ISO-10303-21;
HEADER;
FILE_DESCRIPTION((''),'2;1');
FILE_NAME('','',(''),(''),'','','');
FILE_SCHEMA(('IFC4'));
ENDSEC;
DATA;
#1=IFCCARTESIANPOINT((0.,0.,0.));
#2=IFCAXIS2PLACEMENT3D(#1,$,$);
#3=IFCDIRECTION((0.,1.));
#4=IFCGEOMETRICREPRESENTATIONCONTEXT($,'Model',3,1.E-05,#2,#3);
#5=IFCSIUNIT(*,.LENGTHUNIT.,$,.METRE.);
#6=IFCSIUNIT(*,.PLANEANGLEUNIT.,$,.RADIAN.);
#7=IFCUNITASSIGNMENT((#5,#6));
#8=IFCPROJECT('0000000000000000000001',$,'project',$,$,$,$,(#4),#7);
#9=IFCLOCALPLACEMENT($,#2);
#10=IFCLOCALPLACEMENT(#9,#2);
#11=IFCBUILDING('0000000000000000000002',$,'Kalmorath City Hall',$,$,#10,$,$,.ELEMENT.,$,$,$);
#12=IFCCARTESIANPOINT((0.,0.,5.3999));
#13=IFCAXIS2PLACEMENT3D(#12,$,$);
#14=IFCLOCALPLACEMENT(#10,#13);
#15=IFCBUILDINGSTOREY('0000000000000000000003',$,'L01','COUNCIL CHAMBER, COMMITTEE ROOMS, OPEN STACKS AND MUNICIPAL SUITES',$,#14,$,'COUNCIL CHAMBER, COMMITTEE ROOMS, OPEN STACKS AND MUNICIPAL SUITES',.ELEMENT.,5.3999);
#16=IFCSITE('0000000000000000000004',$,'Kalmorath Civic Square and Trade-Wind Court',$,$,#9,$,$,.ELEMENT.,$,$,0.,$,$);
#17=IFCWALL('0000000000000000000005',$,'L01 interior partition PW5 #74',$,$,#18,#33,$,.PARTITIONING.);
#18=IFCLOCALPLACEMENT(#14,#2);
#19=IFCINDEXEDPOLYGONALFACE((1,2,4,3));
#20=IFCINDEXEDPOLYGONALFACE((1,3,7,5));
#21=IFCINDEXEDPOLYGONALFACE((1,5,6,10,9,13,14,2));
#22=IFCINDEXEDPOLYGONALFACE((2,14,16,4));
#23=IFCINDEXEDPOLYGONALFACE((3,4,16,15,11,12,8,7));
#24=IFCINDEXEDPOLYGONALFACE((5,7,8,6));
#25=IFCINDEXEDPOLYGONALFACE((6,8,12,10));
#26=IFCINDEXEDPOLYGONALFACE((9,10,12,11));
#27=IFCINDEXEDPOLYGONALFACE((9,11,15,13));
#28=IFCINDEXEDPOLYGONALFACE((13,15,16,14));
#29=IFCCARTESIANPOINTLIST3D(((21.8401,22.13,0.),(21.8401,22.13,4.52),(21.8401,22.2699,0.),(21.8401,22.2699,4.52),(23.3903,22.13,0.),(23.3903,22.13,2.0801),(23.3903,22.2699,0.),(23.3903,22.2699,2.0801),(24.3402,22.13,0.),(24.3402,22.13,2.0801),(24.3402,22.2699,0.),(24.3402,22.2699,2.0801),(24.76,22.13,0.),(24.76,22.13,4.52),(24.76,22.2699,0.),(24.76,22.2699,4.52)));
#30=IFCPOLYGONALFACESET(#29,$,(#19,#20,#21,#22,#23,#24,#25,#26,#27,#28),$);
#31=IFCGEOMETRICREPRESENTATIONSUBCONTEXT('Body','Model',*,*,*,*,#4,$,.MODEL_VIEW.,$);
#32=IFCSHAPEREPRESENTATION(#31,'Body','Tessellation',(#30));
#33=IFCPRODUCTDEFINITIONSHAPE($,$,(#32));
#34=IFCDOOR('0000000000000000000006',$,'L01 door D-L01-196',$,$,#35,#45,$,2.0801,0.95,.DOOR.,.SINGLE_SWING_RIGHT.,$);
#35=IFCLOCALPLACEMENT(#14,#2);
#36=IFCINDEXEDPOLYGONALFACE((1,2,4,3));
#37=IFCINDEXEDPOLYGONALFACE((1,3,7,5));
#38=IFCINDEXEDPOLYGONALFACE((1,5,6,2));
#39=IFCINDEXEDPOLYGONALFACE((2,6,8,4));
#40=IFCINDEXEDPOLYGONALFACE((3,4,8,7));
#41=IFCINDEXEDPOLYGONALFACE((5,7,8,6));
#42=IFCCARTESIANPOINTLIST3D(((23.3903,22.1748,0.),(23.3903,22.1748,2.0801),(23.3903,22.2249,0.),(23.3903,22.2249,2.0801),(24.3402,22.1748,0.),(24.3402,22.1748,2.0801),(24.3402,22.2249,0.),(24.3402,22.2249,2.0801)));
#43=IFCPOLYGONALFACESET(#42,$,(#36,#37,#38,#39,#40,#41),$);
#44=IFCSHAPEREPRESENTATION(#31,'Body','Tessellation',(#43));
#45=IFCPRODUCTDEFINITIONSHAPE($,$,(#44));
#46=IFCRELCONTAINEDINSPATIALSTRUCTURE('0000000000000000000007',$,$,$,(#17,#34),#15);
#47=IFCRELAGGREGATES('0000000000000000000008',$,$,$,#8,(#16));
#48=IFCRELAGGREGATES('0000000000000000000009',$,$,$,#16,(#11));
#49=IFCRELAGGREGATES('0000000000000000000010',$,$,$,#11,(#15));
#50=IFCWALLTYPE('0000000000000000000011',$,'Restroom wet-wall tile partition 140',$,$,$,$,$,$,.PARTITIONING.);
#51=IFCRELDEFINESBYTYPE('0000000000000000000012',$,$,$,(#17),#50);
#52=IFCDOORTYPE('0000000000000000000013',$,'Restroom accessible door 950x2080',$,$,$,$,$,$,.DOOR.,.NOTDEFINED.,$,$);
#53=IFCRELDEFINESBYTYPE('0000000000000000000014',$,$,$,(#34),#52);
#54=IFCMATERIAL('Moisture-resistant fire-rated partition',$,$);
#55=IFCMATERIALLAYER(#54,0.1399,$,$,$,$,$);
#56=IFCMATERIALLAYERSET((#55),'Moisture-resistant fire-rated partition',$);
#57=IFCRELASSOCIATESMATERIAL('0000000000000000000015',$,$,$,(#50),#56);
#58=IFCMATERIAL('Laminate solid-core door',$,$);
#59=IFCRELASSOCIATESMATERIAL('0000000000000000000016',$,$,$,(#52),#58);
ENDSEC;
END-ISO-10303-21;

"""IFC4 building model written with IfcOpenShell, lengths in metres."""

from ifc_helpers import new_model, si_unit, direction, frame, frame_2d, origin, place, context, subcontext, project, spatial, rectangle, extrude, material, layer, layer_set, type_object, element, fill, save


model = new_model("IFC4")

# Units and contexts
model_context = context("Model", 3, precision=1e-05, world=origin(), true_north=direction((0.0, 1.0)))
body_context = subcontext(model_context, "Body", "Model", "MODEL_VIEW")
ifc_project = project(units=[si_unit("LENGTHUNIT", "METRE"), si_unit("PLANEANGLEUNIT", "RADIAN")], contexts=[model_context])

# Site, building, storey
site_placement = place(None, origin())
site = spatial("IfcSite", under=ifc_project, at=site_placement, Name="Kalmorath Civic Square and Trade-Wind Court", CompositionType="ELEMENT", RefElevation=0.0)
building_placement = place(site_placement, origin())
building = spatial("IfcBuilding", under=site, at=building_placement, Name="Kalmorath City Hall", CompositionType="ELEMENT")
storey_placement = place(building_placement, frame((0.0, 0.0, 5.3999)))
storey = spatial("IfcBuildingStorey", under=building, at=storey_placement, Name="L01", Description="COUNCIL CHAMBER, COMMITTEE ROOMS, OPEN STACKS AND MUNICIPAL SUITES", LongName="COUNCIL CHAMBER, COMMITTEE ROOMS, OPEN STACKS AND MUNICIPAL SUITES", CompositionType="ELEMENT", Elevation=5.3999)

# Wall, opening, door
ifc_material_1 = material(Name="Moisture-resistant fire-rated partition")
ifc_layer_1 = layer(ifc_material_1, 0.1399)
ifc_layer_set_1 = layer_set([ifc_layer_1], Name="Moisture-resistant fire-rated partition")
wall_type_1 = type_object("IfcWallType", Name="Restroom wet-wall tile partition 140", PredefinedType="PARTITIONING", material=ifc_layer_set_1)
ifc_material_2 = material(Name="Laminate solid-core door")
door_type = type_object("IfcDoorType", Name="Restroom accessible door 950x2080", OperationType="NOTDEFINED", PredefinedType="DOOR", material=ifc_material_2)
wall_1_placement = place(storey_placement, frame((21.8401, 22.2, 0.0), z_axis=(0.0, 0.0, 1.0), x_axis=(1.0, 0.0, 0.0)))
wall_1 = element("IfcWall", 1, at=wall_1_placement, inside=storey, type_object=wall_type_1, Name="L01 interior partition PW5 #74", PredefinedType="PARTITIONING", context=body_context, shape_type="SweptSolid", body=[
    extrude(rectangle(XDim=2.9199, YDim=0.1399, at=frame_2d((1.46, 0.0))), origin(), (0.0, 0.0, 1.0), 4.52),
])
opening_1_placement = place(wall_1_placement, frame((1.55, 0.0, 0.0)))
opening_1 = element("IfcOpeningElement", 2, at=opening_1_placement, cuts=wall_1, PredefinedType="OPENING", context=body_context, shape_type="SweptSolid", body=[
    extrude(rectangle(XDim=0.95, YDim=2.0801, at=frame_2d((0.4751, 1.04))), frame((0.0, 0.0798, 0.0), z_axis=(0.0, -1.0, 0.0), x_axis=(1.0, 0.0, 0.0)), (0.0, 0.0, 1.0), 0.1599),
])
door_1_placement = place(opening_1_placement, origin())
door_1 = element("IfcDoor", 3, at=door_1_placement, inside=storey, type_object=door_type, Name="L01 door D-L01-196", OperationType="SINGLE_SWING_RIGHT", OverallHeight=2.0801, OverallWidth=0.95, PredefinedType="DOOR", context=body_context, shape_type="SweptSolid", body=[
    extrude(rectangle(XDim=0.95, YDim=2.0801, at=frame_2d((0.4751, 1.04))), frame((0.0, 0.0249, 0.0), z_axis=(0.0, -1.0, 0.0), x_axis=(1.0, 0.0, 0.0)), (0.0, 0.0, 1.0), 0.05),
])
fill(opening_1, door_1)

save(model, "model.ifc")
